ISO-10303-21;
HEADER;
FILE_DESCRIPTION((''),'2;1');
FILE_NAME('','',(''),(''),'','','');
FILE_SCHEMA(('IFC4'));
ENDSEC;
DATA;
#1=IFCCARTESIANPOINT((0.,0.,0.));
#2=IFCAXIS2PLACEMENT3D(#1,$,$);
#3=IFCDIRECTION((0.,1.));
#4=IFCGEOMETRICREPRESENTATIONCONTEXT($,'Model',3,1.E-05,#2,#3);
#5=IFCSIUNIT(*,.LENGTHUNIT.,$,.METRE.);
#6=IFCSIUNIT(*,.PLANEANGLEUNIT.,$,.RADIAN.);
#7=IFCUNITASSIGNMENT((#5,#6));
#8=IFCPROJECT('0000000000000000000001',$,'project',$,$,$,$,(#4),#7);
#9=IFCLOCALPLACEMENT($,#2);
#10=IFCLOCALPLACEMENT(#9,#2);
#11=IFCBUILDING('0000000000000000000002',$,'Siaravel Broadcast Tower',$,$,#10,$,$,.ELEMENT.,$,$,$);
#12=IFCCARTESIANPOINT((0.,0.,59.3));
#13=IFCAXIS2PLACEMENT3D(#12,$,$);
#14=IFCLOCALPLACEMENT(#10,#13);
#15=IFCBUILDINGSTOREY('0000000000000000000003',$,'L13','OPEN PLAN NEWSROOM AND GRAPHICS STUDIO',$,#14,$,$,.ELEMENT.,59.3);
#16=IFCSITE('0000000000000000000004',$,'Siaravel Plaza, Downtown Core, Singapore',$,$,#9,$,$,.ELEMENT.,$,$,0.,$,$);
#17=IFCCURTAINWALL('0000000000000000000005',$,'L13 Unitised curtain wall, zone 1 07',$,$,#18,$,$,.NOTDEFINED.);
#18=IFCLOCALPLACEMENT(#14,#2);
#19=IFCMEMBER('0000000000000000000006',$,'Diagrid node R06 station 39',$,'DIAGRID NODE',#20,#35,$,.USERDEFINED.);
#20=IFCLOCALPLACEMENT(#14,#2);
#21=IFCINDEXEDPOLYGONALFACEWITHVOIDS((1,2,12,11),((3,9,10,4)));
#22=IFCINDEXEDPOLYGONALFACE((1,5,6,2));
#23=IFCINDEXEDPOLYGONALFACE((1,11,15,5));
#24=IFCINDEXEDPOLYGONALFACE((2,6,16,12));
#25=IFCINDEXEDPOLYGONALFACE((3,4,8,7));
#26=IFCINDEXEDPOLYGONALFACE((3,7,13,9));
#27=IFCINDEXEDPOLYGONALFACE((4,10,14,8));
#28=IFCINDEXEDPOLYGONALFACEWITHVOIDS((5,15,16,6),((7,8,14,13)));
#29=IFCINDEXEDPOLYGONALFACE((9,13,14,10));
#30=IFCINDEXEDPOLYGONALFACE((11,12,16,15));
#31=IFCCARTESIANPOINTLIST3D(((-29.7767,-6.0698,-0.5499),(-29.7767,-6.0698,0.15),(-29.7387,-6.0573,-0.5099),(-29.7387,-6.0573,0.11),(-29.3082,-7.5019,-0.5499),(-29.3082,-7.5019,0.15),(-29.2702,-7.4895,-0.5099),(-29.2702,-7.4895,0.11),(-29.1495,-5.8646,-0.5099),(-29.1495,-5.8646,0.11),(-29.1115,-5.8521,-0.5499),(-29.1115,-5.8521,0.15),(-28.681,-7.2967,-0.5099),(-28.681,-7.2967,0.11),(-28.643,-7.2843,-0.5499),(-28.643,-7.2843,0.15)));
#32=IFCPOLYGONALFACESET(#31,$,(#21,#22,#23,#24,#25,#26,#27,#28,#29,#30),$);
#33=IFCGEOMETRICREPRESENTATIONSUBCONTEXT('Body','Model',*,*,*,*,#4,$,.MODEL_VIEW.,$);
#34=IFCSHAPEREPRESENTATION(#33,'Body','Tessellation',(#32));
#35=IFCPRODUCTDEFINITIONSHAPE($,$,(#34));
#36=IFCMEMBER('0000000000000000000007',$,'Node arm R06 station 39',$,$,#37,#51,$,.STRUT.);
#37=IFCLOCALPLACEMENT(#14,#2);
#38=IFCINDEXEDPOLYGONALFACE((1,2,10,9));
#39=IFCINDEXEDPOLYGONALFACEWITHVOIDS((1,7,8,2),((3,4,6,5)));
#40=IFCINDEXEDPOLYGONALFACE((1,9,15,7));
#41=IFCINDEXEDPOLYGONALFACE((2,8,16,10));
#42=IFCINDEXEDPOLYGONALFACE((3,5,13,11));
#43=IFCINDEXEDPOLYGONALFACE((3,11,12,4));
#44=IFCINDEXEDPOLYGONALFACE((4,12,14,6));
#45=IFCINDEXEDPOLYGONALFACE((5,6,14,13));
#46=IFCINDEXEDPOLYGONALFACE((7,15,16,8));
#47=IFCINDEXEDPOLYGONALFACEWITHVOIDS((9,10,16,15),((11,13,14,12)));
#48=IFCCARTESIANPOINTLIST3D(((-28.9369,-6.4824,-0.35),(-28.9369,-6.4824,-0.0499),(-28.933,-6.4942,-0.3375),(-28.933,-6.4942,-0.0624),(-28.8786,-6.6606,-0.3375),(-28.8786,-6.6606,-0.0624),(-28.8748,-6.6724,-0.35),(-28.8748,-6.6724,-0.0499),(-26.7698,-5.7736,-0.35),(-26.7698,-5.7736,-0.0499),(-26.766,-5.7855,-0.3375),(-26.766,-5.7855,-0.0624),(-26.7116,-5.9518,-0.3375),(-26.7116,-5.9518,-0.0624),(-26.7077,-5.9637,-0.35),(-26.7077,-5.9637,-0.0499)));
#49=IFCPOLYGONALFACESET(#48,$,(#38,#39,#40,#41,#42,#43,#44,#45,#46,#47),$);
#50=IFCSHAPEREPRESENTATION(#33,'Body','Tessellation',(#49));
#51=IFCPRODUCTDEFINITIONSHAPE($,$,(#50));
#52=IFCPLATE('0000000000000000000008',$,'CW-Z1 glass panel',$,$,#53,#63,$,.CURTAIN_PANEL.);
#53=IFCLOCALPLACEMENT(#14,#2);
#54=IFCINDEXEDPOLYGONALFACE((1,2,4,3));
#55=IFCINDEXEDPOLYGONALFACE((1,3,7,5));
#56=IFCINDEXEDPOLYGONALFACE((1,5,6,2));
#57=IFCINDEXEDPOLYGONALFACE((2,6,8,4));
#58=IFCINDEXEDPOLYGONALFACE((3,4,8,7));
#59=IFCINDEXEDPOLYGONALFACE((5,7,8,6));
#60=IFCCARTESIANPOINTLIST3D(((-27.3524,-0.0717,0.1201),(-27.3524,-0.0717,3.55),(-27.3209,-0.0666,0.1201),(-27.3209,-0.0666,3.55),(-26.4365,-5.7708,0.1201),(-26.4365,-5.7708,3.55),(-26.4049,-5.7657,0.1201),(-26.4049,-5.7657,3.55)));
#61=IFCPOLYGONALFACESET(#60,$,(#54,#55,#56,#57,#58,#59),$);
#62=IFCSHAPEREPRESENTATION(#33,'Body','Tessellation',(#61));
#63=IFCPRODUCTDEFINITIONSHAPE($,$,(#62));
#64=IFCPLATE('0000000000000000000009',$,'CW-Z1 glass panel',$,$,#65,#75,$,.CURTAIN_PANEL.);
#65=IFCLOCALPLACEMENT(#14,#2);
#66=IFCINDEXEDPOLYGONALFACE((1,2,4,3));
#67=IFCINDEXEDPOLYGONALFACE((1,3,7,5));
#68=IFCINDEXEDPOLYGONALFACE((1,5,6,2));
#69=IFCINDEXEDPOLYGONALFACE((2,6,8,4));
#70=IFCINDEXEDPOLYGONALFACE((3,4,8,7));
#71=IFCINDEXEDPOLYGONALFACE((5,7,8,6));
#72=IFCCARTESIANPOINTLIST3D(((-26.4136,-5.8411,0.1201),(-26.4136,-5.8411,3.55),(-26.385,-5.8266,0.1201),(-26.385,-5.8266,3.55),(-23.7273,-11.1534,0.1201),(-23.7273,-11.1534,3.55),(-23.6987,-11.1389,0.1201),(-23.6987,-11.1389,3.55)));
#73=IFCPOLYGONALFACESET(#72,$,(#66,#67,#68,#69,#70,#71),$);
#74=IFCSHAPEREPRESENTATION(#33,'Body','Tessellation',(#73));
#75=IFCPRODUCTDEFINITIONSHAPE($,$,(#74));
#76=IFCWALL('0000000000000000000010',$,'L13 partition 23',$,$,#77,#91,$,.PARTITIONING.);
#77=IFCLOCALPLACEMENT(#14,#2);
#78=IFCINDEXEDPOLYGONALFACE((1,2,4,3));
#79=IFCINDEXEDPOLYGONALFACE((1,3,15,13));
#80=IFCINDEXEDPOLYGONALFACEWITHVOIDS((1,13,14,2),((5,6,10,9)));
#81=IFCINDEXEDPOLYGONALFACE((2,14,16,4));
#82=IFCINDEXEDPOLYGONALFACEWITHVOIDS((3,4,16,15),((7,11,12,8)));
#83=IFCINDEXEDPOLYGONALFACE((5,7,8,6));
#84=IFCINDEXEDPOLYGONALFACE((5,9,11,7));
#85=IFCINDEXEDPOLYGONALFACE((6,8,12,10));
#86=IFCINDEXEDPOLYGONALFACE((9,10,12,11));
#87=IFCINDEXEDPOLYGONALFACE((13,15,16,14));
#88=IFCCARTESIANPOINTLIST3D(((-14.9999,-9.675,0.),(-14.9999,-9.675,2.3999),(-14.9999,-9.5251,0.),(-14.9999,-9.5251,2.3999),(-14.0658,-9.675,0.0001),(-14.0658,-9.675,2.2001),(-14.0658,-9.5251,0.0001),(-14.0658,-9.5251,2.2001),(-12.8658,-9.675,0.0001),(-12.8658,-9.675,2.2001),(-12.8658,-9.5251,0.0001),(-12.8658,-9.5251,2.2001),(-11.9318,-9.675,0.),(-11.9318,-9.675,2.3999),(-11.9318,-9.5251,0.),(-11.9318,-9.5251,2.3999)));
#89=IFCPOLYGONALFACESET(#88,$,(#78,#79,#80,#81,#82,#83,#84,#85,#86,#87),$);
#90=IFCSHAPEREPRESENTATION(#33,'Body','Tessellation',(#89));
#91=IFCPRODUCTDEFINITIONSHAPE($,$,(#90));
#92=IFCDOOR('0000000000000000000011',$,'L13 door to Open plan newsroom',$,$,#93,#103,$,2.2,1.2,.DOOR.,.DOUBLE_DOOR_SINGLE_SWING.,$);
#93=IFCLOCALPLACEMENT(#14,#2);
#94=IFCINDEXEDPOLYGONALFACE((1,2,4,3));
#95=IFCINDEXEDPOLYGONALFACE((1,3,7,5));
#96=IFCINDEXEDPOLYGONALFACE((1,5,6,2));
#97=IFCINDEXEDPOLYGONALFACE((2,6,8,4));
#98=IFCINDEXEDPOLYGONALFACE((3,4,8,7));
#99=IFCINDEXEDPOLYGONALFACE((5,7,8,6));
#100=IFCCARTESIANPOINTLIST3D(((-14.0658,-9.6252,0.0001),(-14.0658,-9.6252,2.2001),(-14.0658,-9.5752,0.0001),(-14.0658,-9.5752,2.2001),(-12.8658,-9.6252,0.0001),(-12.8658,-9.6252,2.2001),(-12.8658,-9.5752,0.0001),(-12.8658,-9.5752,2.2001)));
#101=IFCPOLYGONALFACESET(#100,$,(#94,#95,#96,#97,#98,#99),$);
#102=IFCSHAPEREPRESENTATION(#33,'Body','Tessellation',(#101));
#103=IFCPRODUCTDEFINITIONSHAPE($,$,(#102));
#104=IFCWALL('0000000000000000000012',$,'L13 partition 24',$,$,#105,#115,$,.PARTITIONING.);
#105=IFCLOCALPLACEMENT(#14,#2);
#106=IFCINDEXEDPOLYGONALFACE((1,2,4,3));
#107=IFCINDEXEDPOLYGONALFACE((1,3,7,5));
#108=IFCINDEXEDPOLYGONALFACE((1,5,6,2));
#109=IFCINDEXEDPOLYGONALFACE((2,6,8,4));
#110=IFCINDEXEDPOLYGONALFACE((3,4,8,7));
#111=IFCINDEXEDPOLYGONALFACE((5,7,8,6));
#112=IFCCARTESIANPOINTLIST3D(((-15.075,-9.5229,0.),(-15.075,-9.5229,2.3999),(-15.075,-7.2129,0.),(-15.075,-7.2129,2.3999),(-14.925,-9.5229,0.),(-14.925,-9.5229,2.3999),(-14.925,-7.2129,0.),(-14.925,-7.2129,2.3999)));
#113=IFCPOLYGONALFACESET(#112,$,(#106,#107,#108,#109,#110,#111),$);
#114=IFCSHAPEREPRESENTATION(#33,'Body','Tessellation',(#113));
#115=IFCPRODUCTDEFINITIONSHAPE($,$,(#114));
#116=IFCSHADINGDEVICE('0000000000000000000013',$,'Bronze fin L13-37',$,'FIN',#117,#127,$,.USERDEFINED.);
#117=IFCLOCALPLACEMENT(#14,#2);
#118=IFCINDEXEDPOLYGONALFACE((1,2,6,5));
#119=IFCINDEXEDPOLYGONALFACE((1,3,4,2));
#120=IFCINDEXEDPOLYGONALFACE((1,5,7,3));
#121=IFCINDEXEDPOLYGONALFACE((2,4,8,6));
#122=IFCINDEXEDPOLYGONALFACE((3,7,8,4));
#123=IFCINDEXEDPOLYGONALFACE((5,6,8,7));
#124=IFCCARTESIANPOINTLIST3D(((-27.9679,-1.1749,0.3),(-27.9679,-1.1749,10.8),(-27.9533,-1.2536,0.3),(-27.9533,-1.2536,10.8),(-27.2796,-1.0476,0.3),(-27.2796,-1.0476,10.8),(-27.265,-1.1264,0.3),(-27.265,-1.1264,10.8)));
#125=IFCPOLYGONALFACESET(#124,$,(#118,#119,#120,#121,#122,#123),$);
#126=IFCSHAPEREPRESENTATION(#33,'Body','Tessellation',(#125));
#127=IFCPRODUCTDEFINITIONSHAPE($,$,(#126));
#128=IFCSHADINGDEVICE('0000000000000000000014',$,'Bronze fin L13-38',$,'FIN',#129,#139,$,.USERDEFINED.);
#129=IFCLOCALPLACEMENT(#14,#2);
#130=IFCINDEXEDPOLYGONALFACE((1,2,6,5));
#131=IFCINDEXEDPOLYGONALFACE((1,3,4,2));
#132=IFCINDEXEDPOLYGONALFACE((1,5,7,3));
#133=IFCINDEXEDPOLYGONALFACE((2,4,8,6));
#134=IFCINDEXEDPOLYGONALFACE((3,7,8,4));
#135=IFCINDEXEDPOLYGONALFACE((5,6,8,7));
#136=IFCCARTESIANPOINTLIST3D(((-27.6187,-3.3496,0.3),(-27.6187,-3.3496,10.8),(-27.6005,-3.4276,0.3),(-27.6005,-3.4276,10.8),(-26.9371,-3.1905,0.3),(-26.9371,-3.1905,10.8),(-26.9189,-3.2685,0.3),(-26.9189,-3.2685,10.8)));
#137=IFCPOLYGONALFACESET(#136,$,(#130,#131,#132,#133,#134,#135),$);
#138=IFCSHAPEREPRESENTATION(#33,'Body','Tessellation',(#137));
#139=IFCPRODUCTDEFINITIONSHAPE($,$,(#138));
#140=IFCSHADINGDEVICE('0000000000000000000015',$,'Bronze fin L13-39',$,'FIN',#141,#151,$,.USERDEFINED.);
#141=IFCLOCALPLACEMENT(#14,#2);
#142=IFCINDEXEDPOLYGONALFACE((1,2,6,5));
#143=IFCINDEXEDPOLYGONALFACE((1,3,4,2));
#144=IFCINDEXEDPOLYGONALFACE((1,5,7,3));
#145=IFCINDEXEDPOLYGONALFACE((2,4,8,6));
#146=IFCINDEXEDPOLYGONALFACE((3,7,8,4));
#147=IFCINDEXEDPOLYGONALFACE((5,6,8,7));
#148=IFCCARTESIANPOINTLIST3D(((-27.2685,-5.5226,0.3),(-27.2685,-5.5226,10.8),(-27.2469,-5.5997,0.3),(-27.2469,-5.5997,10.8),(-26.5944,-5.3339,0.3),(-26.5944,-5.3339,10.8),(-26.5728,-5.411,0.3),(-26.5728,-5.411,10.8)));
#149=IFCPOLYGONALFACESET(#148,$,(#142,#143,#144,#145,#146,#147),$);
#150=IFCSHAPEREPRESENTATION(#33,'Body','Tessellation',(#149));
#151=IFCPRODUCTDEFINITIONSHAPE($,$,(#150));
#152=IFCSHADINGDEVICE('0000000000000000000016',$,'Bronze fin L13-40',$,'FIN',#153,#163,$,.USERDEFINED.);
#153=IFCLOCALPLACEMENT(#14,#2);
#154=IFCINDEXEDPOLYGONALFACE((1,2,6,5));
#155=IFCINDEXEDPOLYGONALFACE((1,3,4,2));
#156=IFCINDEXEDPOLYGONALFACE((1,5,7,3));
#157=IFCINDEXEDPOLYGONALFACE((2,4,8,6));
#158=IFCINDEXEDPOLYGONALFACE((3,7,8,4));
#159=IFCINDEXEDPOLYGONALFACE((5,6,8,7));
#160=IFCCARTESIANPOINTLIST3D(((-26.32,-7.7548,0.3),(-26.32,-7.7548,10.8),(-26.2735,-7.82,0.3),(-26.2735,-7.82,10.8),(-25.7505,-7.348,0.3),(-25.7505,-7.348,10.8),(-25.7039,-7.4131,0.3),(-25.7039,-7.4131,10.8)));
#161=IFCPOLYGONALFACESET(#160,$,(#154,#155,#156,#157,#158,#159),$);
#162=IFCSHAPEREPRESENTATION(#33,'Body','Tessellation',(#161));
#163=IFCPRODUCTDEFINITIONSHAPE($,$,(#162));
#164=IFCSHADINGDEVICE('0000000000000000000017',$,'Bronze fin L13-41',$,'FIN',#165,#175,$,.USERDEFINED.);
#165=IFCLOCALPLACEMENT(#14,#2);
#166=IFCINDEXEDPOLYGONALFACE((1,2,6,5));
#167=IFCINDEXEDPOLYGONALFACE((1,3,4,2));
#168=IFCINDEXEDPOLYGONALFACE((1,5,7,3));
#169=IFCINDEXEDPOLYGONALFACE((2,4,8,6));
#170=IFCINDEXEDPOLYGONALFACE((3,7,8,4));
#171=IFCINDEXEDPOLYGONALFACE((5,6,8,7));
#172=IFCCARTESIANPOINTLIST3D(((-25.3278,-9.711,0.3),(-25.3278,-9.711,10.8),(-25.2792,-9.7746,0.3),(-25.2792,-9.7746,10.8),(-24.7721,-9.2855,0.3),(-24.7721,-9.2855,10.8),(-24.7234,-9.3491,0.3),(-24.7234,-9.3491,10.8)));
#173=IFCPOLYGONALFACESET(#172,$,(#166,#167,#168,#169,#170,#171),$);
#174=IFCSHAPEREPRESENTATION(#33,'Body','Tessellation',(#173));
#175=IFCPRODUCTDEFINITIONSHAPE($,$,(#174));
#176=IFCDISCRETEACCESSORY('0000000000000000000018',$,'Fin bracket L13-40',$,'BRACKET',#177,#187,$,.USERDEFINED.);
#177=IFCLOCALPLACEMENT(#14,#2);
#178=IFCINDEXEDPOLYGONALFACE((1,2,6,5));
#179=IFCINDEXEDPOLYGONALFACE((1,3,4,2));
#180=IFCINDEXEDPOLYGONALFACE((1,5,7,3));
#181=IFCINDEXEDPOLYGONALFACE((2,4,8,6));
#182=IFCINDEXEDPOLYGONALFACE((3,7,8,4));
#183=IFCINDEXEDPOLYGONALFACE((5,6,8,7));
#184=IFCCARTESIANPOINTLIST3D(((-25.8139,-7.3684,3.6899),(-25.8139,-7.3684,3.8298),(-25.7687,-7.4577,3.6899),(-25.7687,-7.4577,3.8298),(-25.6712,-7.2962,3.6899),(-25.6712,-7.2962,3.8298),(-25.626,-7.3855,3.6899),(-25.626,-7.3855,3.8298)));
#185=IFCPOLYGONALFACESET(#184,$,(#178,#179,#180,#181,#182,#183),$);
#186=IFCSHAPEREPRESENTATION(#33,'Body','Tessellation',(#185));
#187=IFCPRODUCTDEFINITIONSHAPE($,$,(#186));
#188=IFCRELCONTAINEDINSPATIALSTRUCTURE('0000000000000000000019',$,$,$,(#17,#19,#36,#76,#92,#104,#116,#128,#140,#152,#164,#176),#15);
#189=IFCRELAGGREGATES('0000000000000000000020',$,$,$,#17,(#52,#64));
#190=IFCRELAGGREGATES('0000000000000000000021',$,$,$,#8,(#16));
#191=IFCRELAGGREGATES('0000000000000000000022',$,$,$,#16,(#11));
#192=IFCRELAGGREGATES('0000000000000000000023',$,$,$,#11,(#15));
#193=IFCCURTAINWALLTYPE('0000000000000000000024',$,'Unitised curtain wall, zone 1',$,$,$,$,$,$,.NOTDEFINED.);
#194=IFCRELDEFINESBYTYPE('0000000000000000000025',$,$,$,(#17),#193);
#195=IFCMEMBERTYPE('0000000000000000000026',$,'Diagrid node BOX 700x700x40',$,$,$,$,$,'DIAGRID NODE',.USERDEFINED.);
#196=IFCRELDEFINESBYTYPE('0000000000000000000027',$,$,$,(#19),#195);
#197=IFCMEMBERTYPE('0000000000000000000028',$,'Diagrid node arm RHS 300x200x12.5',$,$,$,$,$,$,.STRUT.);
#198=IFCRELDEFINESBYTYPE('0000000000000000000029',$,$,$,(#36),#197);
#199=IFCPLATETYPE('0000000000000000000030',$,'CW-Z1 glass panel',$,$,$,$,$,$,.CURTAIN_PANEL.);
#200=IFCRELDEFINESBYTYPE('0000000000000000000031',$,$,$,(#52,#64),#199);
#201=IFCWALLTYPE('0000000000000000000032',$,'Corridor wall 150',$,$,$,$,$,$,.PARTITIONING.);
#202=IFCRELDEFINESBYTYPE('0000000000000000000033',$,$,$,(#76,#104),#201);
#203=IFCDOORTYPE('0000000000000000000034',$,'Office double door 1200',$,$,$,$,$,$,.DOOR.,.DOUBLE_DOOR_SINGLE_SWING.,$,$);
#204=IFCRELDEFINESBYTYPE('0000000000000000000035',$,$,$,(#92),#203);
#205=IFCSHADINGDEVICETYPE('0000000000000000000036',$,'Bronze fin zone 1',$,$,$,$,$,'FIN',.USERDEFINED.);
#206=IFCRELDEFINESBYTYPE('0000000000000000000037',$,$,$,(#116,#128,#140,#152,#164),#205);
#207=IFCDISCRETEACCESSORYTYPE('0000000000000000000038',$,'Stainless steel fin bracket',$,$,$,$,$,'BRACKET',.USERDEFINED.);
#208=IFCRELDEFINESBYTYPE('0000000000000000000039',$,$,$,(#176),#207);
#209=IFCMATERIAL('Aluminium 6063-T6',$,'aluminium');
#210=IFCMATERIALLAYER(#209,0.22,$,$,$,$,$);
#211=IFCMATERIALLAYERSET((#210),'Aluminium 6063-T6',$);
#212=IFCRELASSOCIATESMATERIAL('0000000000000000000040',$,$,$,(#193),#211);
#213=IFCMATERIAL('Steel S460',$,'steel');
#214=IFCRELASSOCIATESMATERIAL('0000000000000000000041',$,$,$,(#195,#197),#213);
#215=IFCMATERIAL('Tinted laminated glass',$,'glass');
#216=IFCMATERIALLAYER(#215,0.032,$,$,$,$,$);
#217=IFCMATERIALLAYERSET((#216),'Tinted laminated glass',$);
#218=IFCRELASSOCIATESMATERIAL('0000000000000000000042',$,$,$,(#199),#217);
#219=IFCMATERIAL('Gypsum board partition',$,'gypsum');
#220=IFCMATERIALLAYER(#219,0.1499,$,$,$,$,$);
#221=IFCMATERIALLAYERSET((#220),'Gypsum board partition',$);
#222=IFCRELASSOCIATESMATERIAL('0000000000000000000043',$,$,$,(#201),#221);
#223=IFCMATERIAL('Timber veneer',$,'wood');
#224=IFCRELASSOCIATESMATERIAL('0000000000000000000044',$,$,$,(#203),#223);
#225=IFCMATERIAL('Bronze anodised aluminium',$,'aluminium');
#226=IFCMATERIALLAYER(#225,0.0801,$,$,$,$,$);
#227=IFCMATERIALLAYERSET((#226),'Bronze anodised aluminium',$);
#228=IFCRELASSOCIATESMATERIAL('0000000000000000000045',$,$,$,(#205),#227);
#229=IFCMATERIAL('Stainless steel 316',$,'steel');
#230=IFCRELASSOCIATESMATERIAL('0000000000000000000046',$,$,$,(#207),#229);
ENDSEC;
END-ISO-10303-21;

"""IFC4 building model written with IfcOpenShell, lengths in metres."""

from ifc_helpers import new_model, si_unit, direction, frame, frame_2d, origin, origin_2d, place, context, subcontext, project, spatial, rectangle, hollow_rectangle, extrude, material, layer, layer_set, material_profile, profile_set, type_object, element, fill, aggregate, save


model = new_model("IFC4")

# Units and contexts
model_context = context("Model", 3, precision=1e-05, world=origin(), true_north=direction((0.0, 1.0)))
body_context = subcontext(model_context, "Body", "Model", "MODEL_VIEW")
ifc_project = project(units=[si_unit("LENGTHUNIT", "METRE"), si_unit("PLANEANGLEUNIT", "RADIAN")], contexts=[model_context])

# Site, building, storey
site_placement = place(None, origin())
site = spatial("IfcSite", under=ifc_project, at=site_placement, Name="Siaravel Plaza, Downtown Core, Singapore", CompositionType="ELEMENT", RefElevation=0.0)
building_placement = place(site_placement, origin())
building = spatial("IfcBuilding", under=site, at=building_placement, Name="Siaravel Broadcast Tower", CompositionType="ELEMENT")
storey_placement = place(building_placement, frame((0.0, 0.0, 59.3)))
storey = spatial("IfcBuildingStorey", under=building, at=storey_placement, Name="L13", Description="OPEN PLAN NEWSROOM AND GRAPHICS STUDIO", CompositionType="ELEMENT", Elevation=59.3)

# Curtain wall
ifc_material_1 = material(Name="Aluminium 6063-T6", Category="aluminium")
ifc_layer_1 = layer(ifc_material_1, 0.22)
ifc_layer_set_1 = layer_set([ifc_layer_1], Name="Aluminium 6063-T6")
curtain_wall_type = type_object("IfcCurtainWallType", Name="Unitised curtain wall, zone 1", PredefinedType="NOTDEFINED", material=ifc_layer_set_1)
curtain_wall_1_placement = place(storey_placement, origin())
curtain_wall_1 = element("IfcCurtainWall", 1, at=curtain_wall_1_placement, inside=storey, type_object=curtain_wall_type, Name="L13 Unitised curtain wall, zone 1 07", PredefinedType="NOTDEFINED")

# Members
ifc_material_2 = material(Name="Steel S460", Category="steel")
ifc_material_profile_1 = material_profile(ifc_material_2, hollow_rectangle(XDim=0.7, YDim=0.7, WallThickness=0.04, at=origin_2d()))
ifc_profile_set_1 = profile_set([ifc_material_profile_1], Name="Steel S460")
member_type_1 = type_object("IfcMemberType", Name="Diagrid node BOX 700x700x40", ElementType="DIAGRID NODE", PredefinedType="USERDEFINED", material=ifc_profile_set_1)
member_1_placement = place(storey_placement, frame((-29.4441, -5.9609, -0.2), z_axis=(0.310925, -0.950435, 0.0), x_axis=(0.950435, 0.310925, 0.0)))
element("IfcMember", 2, at=member_1_placement, inside=storey, type_object=member_type_1, Name="Diagrid node R06 station 39", ObjectType="DIAGRID NODE", PredefinedType="USERDEFINED", context=body_context, shape_type="SweptSolid", body=[
    extrude(hollow_rectangle(XDim=0.7, YDim=0.7, WallThickness=0.04, at=origin_2d()), origin(), (0.0, 0.0, 1.0), 1.5068),
])
ifc_material_profile_2 = material_profile(ifc_material_2, hollow_rectangle(XDim=0.2, YDim=0.3, WallThickness=0.0125, at=origin_2d()))
ifc_profile_set_2 = profile_set([ifc_material_profile_2], Name="Steel S460")
member_type_2 = type_object("IfcMemberType", Name="Diagrid node arm RHS 300x200x12.5", PredefinedType="STRUT", material=ifc_profile_set_2)
member_2_placement = place(storey_placement, frame((-26.7388, -5.8687, -0.2), z_axis=(-0.950456, -0.310858, 0.0), x_axis=(0.310858, -0.950456, 0.0)))
element("IfcMember", 3, at=member_2_placement, inside=storey, type_object=member_type_2, Name="Node arm R06 station 39", PredefinedType="STRUT", context=body_context, shape_type="SweptSolid", body=[
    extrude(hollow_rectangle(XDim=0.2, YDim=0.3, WallThickness=0.0125, at=origin_2d()), origin(), (0.0, 0.0, 1.0), 2.28),
])

# Plates
ifc_material_3 = material(Name="Tinted laminated glass", Category="glass")
ifc_layer_2 = layer(ifc_material_3, 0.032)
ifc_layer_set_2 = layer_set([ifc_layer_2], Name="Tinted laminated glass")
plate_type = type_object("IfcPlateType", Name="CW-Z1 glass panel", PredefinedType="CURTAIN_PANEL", material=ifc_layer_set_2)
plate_1_placement = place(storey_placement, frame((-26.8787, -2.9187, 0.1201), z_axis=(0.0, 0.0, 1.0), x_axis=(0.158686, -0.987329, 0.0)))
plate_1 = element("IfcPlate", 4, at=plate_1_placement, type_object=plate_type, Name="CW-Z1 glass panel", PredefinedType="CURTAIN_PANEL", context=body_context, shape_type="SweptSolid", body=[
    extrude(rectangle(XDim=5.7722, YDim=0.032, at=origin_2d()), origin(), (0.0, 0.0, 1.0), 3.4299),
])
plate_2_placement = place(storey_placement, frame((-25.0562, -8.49, 0.1201), z_axis=(0.0, 0.0, 1.0), x_axis=(0.451262, -0.892391, 0.0)))
plate_2 = element("IfcPlate", 5, at=plate_2_placement, type_object=plate_type, Name="CW-Z1 glass panel", PredefinedType="CURTAIN_PANEL", context=body_context, shape_type="SweptSolid", body=[
    extrude(rectangle(XDim=5.9529, YDim=0.032, at=origin_2d()), origin(), (0.0, 0.0, 1.0), 3.4299),
])
aggregate(curtain_wall_1, [plate_1, plate_2])

# Wall, opening, door
ifc_material_4 = material(Name="Gypsum board partition", Category="gypsum")
ifc_layer_3 = layer(ifc_material_4, 0.1499)
ifc_layer_set_3 = layer_set([ifc_layer_3], Name="Gypsum board partition")
wall_type = type_object("IfcWallType", Name="Corridor wall 150", PredefinedType="PARTITIONING", material=ifc_layer_set_3)
wall_1_placement = place(storey_placement, frame((-15.0, -9.6001, 0.0), z_axis=(0.0, 0.0, 1.0), x_axis=(1.0, 0.0, 0.0)))
wall_1 = element("IfcWall", 6, at=wall_1_placement, inside=storey, type_object=wall_type, Name="L13 partition 23", PredefinedType="PARTITIONING", context=body_context, shape_type="SweptSolid", body=[
    extrude(rectangle(XDim=3.0681, YDim=0.1499, at=frame_2d((1.5342, 0.0))), origin(), (0.0, 0.0, 1.0), 2.3999),
])
opening_placement = place(wall_1_placement, frame((0.9341, 0.0, 0.0)))
opening = element("IfcOpeningElement", 7, at=opening_placement, cuts=wall_1, PredefinedType="OPENING", context=body_context, shape_type="SweptSolid", body=[
    extrude(rectangle(XDim=1.2, YDim=2.2, at=frame_2d((0.6001, 1.1001))), frame((0.0, 0.085, 0.0), z_axis=(0.0, -1.0, 0.0), x_axis=(1.0, 0.0, 0.0)), (0.0, 0.0, 1.0), 0.1699),
])
ifc_material_5 = material(Name="Timber veneer", Category="wood")
door_type = type_object("IfcDoorType", Name="Office double door 1200", OperationType="DOUBLE_DOOR_SINGLE_SWING", PredefinedType="DOOR", material=ifc_material_5)
door_placement = place(opening_placement, origin())
door = element("IfcDoor", 8, at=door_placement, inside=storey, type_object=door_type, Name="L13 door to Open plan newsroom", OperationType="DOUBLE_DOOR_SINGLE_SWING", OverallHeight=2.2, OverallWidth=1.2, PredefinedType="DOOR", context=body_context, shape_type="SweptSolid", body=[
    extrude(rectangle(XDim=1.2, YDim=2.2, at=frame_2d((0.6001, 1.1001))), frame((0.0, 0.0249, 0.0), z_axis=(0.0, -1.0, 0.0), x_axis=(1.0, 0.0, 0.0)), (0.0, 0.0, 1.0), 0.05),
])
fill(opening, door)

# Wall
wall_2_placement = place(storey_placement, frame((-15.0, -7.2129, 0.0), z_axis=(0.0, 0.0, 1.0), x_axis=(0.0, -1.0, 0.0)))
element("IfcWall", 9, at=wall_2_placement, inside=storey, type_object=wall_type, Name="L13 partition 24", PredefinedType="PARTITIONING", context=body_context, shape_type="SweptSolid", body=[
    extrude(rectangle(XDim=2.3101, YDim=0.1499, at=frame_2d((1.155, 0.0))), origin(), (0.0, 0.0, 1.0), 2.3999),
])

# Shading devices
ifc_material_6 = material(Name="Bronze anodised aluminium", Category="aluminium")
ifc_layer_4 = layer(ifc_material_6, 0.0801)
ifc_layer_set_4 = layer_set([ifc_layer_4], Name="Bronze anodised aluminium")
shading_device_type = type_object("IfcShadingDeviceType", Name="Bronze fin zone 1", ElementType="FIN", PredefinedType="USERDEFINED", material=ifc_layer_set_4)
for number, where, z_axis, x_axis, name in (
    (10, (-27.6165, -1.1506, 0.3), (0.0, 0.0, 1.0), (-0.983334, -0.18181, 0.0), "Bronze fin L13-37"),
    (11, (-27.2688, -3.3091, 0.3), (0.0, 0.0, 1.0), (-0.973819, -0.227326, 0.0), "Bronze fin L13-38"),
    (12, (-26.9207, -5.4668, 0.3), (0.0, 0.0, 1.0), (-0.962943, -0.269706, 0.0), "Bronze fin L13-39"),
    (13, (-26.012, -7.584, 0.3), (0.0, 0.0, 1.0), (-0.813689, -0.581301, 0.0), "Bronze fin L13-40"),
    (14, (-25.0256, -9.53, 0.3), (0.0, 0.0, 1.0), (-0.793976, -0.60795, 0.0), "Bronze fin L13-41"),
):
    element("IfcShadingDevice", number, at=place(storey_placement, frame(where, z_axis=z_axis, x_axis=x_axis)), inside=storey, type_object=shading_device_type, Name=name, ObjectType="FIN", PredefinedType="USERDEFINED", context=body_context, shape_type="SweptSolid", body=[
        extrude(rectangle(XDim=0.7, YDim=0.0801, at=origin_2d()), origin(), (0.0, 0.0, 1.0), 10.5),
    ])

# Discrete accessory
ifc_material_7 = material(Name="Stainless steel 316", Category="steel")
discrete_accessory_type_1 = type_object("IfcDiscreteAccessoryType", Name="Stainless steel fin bracket", ElementType="BRACKET", PredefinedType="USERDEFINED", material=ifc_material_7)
discrete_accessory_placement = place(storey_placement, frame((-25.72, -7.377, 3.6899), z_axis=(0.0, 0.0, 1.0), x_axis=(-0.892391, -0.451262, 0.0)))
element("IfcDiscreteAccessory", 15, at=discrete_accessory_placement, inside=storey, type_object=discrete_accessory_type_1, Name="Fin bracket L13-40", ObjectType="BRACKET", PredefinedType="USERDEFINED", context=body_context, shape_type="SweptSolid", body=[
    extrude(rectangle(XDim=0.1599, YDim=0.1001, at=origin_2d()), origin(), (0.0, 0.0, 1.0), 0.1399),
])

save(model, "model.ifc")
